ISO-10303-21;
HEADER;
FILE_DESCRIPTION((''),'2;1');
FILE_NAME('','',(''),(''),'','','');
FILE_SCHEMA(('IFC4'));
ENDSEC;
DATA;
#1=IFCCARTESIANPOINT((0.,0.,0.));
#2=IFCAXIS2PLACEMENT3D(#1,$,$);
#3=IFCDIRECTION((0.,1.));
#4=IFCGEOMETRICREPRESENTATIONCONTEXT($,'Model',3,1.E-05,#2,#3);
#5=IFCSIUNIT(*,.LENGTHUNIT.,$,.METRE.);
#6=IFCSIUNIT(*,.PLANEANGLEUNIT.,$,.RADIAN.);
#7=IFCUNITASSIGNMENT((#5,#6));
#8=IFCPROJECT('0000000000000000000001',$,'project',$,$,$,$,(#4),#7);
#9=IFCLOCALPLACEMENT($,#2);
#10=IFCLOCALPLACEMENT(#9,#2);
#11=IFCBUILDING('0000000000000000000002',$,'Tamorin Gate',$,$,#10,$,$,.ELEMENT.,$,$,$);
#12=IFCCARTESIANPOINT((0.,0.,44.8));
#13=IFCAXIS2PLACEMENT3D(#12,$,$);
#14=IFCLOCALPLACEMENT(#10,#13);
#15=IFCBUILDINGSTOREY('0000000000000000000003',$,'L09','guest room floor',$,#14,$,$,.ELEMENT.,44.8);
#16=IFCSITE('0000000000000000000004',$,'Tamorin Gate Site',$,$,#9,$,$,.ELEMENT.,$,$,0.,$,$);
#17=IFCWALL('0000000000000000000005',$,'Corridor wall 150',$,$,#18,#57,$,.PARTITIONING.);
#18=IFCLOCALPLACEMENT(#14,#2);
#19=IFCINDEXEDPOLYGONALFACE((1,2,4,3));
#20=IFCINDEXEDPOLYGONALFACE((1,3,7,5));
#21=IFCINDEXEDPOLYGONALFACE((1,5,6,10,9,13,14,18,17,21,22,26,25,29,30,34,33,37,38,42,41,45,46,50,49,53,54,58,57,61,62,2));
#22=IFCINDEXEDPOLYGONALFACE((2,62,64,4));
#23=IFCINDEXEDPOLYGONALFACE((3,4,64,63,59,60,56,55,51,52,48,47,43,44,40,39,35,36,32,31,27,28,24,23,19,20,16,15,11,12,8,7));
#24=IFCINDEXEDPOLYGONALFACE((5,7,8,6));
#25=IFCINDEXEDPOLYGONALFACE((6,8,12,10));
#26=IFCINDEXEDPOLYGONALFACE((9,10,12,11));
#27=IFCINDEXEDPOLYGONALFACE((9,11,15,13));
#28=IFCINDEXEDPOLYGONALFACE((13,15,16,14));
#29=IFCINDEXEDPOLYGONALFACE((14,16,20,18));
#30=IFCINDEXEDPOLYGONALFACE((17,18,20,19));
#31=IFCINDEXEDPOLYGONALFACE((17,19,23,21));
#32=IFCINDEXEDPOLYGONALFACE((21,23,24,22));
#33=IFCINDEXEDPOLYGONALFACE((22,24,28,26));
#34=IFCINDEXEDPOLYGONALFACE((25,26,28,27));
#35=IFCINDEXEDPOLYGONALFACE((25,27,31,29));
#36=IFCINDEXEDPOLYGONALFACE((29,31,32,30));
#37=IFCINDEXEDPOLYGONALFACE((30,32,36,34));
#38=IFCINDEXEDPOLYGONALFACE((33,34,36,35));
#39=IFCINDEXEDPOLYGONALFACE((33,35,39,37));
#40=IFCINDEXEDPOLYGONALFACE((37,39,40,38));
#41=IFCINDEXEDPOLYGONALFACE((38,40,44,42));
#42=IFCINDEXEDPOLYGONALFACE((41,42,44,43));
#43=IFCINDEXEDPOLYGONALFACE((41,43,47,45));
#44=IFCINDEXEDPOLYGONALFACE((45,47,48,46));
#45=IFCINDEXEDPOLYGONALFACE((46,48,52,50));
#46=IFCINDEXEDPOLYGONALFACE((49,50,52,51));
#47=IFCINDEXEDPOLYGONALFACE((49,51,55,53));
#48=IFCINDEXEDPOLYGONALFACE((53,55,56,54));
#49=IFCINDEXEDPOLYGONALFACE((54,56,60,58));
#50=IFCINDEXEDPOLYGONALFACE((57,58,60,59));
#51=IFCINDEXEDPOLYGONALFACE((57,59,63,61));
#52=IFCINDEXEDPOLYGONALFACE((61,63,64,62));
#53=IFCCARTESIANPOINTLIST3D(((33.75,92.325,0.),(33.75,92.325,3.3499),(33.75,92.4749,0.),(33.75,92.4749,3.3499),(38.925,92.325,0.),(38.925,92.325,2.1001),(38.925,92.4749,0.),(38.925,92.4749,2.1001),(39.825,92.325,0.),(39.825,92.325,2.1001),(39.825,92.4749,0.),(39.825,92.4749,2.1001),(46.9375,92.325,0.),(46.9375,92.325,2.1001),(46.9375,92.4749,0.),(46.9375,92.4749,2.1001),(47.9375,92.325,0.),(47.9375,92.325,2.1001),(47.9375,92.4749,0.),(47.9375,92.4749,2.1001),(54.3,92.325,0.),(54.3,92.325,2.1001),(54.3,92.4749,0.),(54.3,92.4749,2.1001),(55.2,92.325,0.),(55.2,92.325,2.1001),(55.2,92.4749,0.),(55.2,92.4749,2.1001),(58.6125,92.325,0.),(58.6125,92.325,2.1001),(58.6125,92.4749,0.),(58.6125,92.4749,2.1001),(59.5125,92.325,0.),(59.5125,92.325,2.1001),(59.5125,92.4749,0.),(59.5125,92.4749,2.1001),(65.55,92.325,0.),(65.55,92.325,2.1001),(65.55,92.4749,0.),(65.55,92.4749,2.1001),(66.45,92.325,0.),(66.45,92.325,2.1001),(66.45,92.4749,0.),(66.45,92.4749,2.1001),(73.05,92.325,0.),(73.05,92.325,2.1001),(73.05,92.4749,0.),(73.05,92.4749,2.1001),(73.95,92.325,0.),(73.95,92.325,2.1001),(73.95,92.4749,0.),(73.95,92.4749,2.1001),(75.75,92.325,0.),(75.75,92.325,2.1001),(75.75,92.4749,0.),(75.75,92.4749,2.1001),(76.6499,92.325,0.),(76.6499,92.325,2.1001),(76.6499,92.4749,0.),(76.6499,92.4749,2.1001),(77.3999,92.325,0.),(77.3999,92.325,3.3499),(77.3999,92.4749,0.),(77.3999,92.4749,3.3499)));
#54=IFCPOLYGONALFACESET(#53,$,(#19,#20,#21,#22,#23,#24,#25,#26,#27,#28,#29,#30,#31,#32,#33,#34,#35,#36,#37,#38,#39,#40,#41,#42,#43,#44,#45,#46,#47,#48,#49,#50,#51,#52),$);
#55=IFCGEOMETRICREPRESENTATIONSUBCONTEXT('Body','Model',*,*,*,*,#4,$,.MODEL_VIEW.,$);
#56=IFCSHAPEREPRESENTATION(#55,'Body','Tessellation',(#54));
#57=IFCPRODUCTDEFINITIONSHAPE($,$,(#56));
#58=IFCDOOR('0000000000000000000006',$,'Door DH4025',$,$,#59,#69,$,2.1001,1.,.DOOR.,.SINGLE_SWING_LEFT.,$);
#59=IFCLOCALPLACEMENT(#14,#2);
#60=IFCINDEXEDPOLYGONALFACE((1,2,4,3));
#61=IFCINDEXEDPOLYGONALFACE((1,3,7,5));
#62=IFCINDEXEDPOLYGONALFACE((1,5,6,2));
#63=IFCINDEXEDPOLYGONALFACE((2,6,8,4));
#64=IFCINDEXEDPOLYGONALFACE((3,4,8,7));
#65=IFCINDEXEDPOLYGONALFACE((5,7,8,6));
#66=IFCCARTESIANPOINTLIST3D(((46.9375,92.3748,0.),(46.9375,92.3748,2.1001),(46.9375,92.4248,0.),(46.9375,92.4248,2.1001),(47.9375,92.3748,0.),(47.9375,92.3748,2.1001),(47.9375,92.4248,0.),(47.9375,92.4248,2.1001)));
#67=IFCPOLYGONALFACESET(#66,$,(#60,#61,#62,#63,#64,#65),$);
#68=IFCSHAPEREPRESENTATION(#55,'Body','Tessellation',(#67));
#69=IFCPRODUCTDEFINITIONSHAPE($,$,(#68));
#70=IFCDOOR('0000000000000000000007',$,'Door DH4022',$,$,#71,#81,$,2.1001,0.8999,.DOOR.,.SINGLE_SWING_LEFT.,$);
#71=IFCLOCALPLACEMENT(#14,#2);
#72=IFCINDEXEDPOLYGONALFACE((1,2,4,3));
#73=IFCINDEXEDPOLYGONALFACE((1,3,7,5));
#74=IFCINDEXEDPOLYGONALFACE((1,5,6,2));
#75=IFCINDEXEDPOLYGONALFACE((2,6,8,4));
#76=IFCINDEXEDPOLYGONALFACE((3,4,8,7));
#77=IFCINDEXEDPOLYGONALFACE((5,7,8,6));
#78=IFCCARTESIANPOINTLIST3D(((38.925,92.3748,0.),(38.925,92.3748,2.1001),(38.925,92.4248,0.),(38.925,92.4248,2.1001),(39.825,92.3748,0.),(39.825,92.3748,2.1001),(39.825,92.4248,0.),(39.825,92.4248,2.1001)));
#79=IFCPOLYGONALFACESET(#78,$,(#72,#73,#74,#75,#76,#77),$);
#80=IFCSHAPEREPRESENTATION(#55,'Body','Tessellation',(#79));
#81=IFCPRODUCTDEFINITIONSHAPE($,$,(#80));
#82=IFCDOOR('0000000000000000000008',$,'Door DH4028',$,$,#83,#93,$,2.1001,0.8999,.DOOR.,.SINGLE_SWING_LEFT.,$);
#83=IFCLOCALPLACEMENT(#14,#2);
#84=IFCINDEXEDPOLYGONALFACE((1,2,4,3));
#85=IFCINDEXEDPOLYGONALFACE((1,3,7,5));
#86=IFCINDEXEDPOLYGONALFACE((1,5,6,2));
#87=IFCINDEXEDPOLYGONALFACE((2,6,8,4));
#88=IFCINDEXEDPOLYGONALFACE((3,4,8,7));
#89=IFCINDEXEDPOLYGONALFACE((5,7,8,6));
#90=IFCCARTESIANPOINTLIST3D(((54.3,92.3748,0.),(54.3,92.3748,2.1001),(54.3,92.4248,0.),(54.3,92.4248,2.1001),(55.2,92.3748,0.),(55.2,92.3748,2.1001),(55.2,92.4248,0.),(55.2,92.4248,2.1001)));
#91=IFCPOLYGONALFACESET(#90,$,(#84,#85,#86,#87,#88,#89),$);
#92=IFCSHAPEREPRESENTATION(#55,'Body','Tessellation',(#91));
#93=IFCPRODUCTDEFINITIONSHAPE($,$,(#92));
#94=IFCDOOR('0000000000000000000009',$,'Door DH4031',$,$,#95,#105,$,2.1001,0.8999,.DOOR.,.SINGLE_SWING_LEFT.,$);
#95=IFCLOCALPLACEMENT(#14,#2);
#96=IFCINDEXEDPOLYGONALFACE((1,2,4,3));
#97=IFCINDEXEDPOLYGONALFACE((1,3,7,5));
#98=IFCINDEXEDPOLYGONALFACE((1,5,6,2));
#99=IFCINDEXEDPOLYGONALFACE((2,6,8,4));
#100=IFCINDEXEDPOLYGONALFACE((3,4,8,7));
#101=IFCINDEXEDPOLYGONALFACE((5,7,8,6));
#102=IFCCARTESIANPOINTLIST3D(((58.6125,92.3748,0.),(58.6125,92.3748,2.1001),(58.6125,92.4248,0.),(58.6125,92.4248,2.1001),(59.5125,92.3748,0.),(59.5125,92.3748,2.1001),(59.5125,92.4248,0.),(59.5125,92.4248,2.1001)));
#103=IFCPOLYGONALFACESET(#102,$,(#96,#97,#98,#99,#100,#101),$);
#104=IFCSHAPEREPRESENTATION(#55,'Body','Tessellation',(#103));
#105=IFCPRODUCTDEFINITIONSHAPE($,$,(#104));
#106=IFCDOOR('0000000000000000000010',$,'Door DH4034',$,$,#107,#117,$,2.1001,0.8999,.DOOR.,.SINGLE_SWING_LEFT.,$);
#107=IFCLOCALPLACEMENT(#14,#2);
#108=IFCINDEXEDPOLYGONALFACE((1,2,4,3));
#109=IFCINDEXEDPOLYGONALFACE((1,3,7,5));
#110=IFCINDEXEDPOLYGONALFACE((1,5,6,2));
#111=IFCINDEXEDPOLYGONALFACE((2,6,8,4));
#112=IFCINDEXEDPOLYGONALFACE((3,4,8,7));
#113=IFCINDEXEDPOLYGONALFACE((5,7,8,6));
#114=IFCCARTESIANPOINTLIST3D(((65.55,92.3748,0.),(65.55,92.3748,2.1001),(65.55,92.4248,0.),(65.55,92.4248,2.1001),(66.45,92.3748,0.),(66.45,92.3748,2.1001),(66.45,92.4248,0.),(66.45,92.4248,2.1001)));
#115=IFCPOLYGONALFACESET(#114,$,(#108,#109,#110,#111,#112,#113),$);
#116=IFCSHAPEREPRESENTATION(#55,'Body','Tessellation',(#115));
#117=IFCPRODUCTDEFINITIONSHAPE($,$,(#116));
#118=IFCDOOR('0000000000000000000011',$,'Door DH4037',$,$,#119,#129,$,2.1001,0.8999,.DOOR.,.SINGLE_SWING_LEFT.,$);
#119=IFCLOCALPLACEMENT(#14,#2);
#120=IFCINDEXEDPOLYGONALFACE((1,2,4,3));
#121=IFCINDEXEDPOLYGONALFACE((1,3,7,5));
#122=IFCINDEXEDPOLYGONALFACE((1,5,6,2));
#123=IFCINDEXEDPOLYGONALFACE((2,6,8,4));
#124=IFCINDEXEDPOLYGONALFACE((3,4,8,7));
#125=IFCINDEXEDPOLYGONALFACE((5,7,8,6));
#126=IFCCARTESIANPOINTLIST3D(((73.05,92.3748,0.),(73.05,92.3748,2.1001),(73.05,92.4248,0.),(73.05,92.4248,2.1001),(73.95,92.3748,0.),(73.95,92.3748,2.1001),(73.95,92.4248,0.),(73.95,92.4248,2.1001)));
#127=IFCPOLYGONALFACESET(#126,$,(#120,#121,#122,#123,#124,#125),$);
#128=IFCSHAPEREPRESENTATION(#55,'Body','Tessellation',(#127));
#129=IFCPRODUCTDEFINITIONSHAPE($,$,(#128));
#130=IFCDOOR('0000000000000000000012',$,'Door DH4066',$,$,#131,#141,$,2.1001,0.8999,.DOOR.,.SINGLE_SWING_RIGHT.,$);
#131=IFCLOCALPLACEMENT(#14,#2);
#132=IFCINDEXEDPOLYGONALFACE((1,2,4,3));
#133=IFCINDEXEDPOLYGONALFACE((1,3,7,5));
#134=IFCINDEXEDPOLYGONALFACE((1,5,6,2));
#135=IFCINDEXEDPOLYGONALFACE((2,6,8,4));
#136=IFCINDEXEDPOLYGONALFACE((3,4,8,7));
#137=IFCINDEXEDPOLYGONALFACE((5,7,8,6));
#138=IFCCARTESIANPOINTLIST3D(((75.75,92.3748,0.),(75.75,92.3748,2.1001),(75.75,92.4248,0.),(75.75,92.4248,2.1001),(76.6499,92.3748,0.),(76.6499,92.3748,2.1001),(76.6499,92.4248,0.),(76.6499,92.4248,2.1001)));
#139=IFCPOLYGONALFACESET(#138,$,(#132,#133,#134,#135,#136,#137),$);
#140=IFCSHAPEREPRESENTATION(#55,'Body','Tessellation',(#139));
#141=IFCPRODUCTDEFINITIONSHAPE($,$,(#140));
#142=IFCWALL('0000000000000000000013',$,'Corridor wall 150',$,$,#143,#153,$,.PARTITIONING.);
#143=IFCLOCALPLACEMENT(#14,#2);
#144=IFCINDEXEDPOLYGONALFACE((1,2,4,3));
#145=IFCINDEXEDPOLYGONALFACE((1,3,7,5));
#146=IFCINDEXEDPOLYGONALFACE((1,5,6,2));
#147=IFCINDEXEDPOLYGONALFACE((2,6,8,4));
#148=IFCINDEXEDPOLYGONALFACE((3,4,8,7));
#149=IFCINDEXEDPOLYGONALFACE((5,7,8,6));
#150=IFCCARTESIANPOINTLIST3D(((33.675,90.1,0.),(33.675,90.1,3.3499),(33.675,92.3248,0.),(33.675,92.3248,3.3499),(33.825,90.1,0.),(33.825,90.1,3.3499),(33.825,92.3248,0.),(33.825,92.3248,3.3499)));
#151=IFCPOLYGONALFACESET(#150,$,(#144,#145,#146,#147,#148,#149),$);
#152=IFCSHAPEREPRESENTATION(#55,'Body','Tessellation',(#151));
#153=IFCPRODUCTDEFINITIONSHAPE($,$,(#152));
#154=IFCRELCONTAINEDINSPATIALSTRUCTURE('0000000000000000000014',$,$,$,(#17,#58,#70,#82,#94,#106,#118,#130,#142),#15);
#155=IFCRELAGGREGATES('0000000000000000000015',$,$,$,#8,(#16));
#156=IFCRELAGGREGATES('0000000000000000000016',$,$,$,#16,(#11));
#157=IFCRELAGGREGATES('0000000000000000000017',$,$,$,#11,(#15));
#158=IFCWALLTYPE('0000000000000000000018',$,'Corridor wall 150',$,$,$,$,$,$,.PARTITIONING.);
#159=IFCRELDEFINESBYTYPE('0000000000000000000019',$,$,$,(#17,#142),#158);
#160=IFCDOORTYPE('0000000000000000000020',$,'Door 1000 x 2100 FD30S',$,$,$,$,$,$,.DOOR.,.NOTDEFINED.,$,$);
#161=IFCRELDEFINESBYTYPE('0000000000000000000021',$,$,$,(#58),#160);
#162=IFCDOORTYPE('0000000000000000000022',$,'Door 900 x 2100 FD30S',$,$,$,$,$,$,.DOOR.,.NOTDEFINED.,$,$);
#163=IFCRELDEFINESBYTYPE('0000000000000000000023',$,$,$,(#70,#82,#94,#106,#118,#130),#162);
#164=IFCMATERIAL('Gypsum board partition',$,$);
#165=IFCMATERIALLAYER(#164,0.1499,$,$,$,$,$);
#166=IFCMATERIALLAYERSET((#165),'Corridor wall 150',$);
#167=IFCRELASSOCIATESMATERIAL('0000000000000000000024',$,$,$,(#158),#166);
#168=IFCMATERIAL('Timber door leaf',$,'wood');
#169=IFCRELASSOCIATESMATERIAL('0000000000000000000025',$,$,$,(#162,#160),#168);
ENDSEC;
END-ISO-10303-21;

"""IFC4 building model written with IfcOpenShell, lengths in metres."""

from ifc_helpers import new_model, si_unit, direction, frame, frame_2d, origin, place, context, subcontext, project, spatial, rectangle, extrude, material, layer, layer_set, type_object, element, fill, save


model = new_model("IFC4")

# Units and contexts
model_context = context("Model", 3, precision=1e-05, world=origin(), true_north=direction((0.0, 1.0)))
body_context = subcontext(model_context, "Body", "Model", "MODEL_VIEW")
ifc_project = project(units=[si_unit("LENGTHUNIT", "METRE"), si_unit("PLANEANGLEUNIT", "RADIAN")], contexts=[model_context])

# Site, building, storey
site_placement = place(None, origin())
site = spatial("IfcSite", under=ifc_project, at=site_placement, Name="Tamorin Gate Site", CompositionType="ELEMENT", RefElevation=0.0)
building_placement = place(site_placement, origin())
building = spatial("IfcBuilding", under=site, at=building_placement, Name="Tamorin Gate", CompositionType="ELEMENT")
storey_placement = place(building_placement, frame((0.0, 0.0, 44.8)))
storey = spatial("IfcBuildingStorey", under=building, at=storey_placement, Name="L09", Description="guest room floor", CompositionType="ELEMENT", Elevation=44.8)

# Wall, openings, doors
ifc_material_1 = material(Name="Gypsum board partition")
ifc_layer_1 = layer(ifc_material_1, 0.1499)
ifc_layer_set_1 = layer_set([ifc_layer_1], Name="Corridor wall 150")
wall_type_1 = type_object("IfcWallType", Name="Corridor wall 150", PredefinedType="PARTITIONING", material=ifc_layer_set_1)
ifc_material_2 = material(Name="Timber door leaf", Category="wood")
door_type_1 = type_object("IfcDoorType", Name="Door 900 x 2100 FD30S", OperationType="NOTDEFINED", PredefinedType="DOOR", material=ifc_material_2)
wall_1_placement = place(storey_placement, frame((33.75, 92.3999, 0.0), z_axis=(0.0, 0.0, 1.0), x_axis=(1.0, 0.0, 0.0)))
wall_1 = element("IfcWall", 1, at=wall_1_placement, inside=storey, type_object=wall_type_1, Name="Corridor wall 150", PredefinedType="PARTITIONING", context=body_context, shape_type="SweptSolid", body=[
    extrude(rectangle(XDim=43.6499, YDim=0.1499, at=frame_2d((21.825, 0.0))), origin(), (0.0, 0.0, 1.0), 3.3499),
])
opening_1_placement = place(wall_1_placement, frame((5.175, 0.0, 0.0)))
opening_1 = element("IfcOpeningElement", 2, at=opening_1_placement, cuts=wall_1, PredefinedType="OPENING", context=body_context, shape_type="SweptSolid", body=[
    extrude(rectangle(XDim=0.8999, YDim=2.1001, at=frame_2d((0.45, 1.05))), frame((0.0, 0.085, 0.0), z_axis=(0.0, -1.0, 0.0), x_axis=(1.0, 0.0, 0.0)), (0.0, 0.0, 1.0), 0.1699),
])
opening_2_placement = place(wall_1_placement, frame((13.1875, 0.0, 0.0)))
opening_2 = element("IfcOpeningElement", 3, at=opening_2_placement, cuts=wall_1, PredefinedType="OPENING", context=body_context, shape_type="SweptSolid", body=[
    extrude(rectangle(XDim=1.0, YDim=2.1001, at=frame_2d((0.5, 1.05))), frame((0.0, 0.085, 0.0), z_axis=(0.0, -1.0, 0.0), x_axis=(1.0, 0.0, 0.0)), (0.0, 0.0, 1.0), 0.1699),
])
opening_3_placement = place(wall_1_placement, frame((20.55, 0.0, 0.0)))
opening_3 = element("IfcOpeningElement", 4, at=opening_3_placement, cuts=wall_1, PredefinedType="OPENING", context=body_context, shape_type="SweptSolid", body=[
    extrude(rectangle(XDim=0.8999, YDim=2.1001, at=frame_2d((0.45, 1.05))), frame((0.0, 0.085, 0.0), z_axis=(0.0, -1.0, 0.0), x_axis=(1.0, 0.0, 0.0)), (0.0, 0.0, 1.0), 0.1699),
])
opening_4_placement = place(wall_1_placement, frame((24.8625, 0.0, 0.0)))
opening_4 = element("IfcOpeningElement", 5, at=opening_4_placement, cuts=wall_1, PredefinedType="OPENING", context=body_context, shape_type="SweptSolid", body=[
    extrude(rectangle(XDim=0.8999, YDim=2.1001, at=frame_2d((0.45, 1.05))), frame((0.0, 0.085, 0.0), z_axis=(0.0, -1.0, 0.0), x_axis=(1.0, 0.0, 0.0)), (0.0, 0.0, 1.0), 0.1699),
])
opening_5_placement = place(wall_1_placement, frame((31.8, 0.0, 0.0)))
opening_5 = element("IfcOpeningElement", 6, at=opening_5_placement, cuts=wall_1, PredefinedType="OPENING", context=body_context, shape_type="SweptSolid", body=[
    extrude(rectangle(XDim=0.8999, YDim=2.1001, at=frame_2d((0.45, 1.05))), frame((0.0, 0.085, 0.0), z_axis=(0.0, -1.0, 0.0), x_axis=(1.0, 0.0, 0.0)), (0.0, 0.0, 1.0), 0.1699),
])
opening_6_placement = place(wall_1_placement, frame((39.3, 0.0, 0.0)))
opening_6 = element("IfcOpeningElement", 7, at=opening_6_placement, cuts=wall_1, PredefinedType="OPENING", context=body_context, shape_type="SweptSolid", body=[
    extrude(rectangle(XDim=0.8999, YDim=2.1001, at=frame_2d((0.45, 1.05))), frame((0.0, 0.085, 0.0), z_axis=(0.0, -1.0, 0.0), x_axis=(1.0, 0.0, 0.0)), (0.0, 0.0, 1.0), 0.1699),
])
opening_7_placement = place(wall_1_placement, frame((42.0, 0.0, 0.0)))
opening_7 = element("IfcOpeningElement", 8, at=opening_7_placement, cuts=wall_1, PredefinedType="OPENING", context=body_context, shape_type="SweptSolid", body=[
    extrude(rectangle(XDim=0.8999, YDim=2.1001, at=frame_2d((0.45, 1.05))), frame((0.0, 0.085, 0.0), z_axis=(0.0, -1.0, 0.0), x_axis=(1.0, 0.0, 0.0)), (0.0, 0.0, 1.0), 0.1699),
])
door_type_2 = type_object("IfcDoorType", Name="Door 1000 x 2100 FD30S", OperationType="NOTDEFINED", PredefinedType="DOOR", material=ifc_material_2)
door_1_placement = place(opening_2_placement, origin())
door_1 = element("IfcDoor", 9, at=door_1_placement, inside=storey, type_object=door_type_2, Name="Door DH4025", OperationType="SINGLE_SWING_LEFT", OverallHeight=2.1001, OverallWidth=1.0, PredefinedType="DOOR", context=body_context, shape_type="SweptSolid", body=[
    extrude(rectangle(XDim=1.0, YDim=2.1001, at=frame_2d((0.5, 1.05))), frame((0.0, 0.0249, 0.0), z_axis=(0.0, -1.0, 0.0), x_axis=(1.0, 0.0, 0.0)), (0.0, 0.0, 1.0), 0.05),
])
fill(opening_2, door_1)
door_2_placement = place(opening_1_placement, origin())
door_2 = element("IfcDoor", 10, at=door_2_placement, inside=storey, type_object=door_type_1, Name="Door DH4022", OperationType="SINGLE_SWING_LEFT", OverallHeight=2.1001, OverallWidth=0.8999, PredefinedType="DOOR", context=body_context, shape_type="SweptSolid", body=[
    extrude(rectangle(XDim=0.8999, YDim=2.1001, at=frame_2d((0.45, 1.05))), frame((0.0, 0.0249, 0.0), z_axis=(0.0, -1.0, 0.0), x_axis=(1.0, 0.0, 0.0)), (0.0, 0.0, 1.0), 0.05),
])
fill(opening_1, door_2)
door_3_placement = place(opening_3_placement, origin())
door_3 = element("IfcDoor", 11, at=door_3_placement, inside=storey, type_object=door_type_1, Name="Door DH4028", OperationType="SINGLE_SWING_LEFT", OverallHeight=2.1001, OverallWidth=0.8999, PredefinedType="DOOR", context=body_context, shape_type="SweptSolid", body=[
    extrude(rectangle(XDim=0.8999, YDim=2.1001, at=frame_2d((0.45, 1.05))), frame((0.0, 0.0249, 0.0), z_axis=(0.0, -1.0, 0.0), x_axis=(1.0, 0.0, 0.0)), (0.0, 0.0, 1.0), 0.05),
])
fill(opening_3, door_3)
door_4_placement = place(opening_4_placement, origin())
door_4 = element("IfcDoor", 12, at=door_4_placement, inside=storey, type_object=door_type_1, Name="Door DH4031", OperationType="SINGLE_SWING_LEFT", OverallHeight=2.1001, OverallWidth=0.8999, PredefinedType="DOOR", context=body_context, shape_type="SweptSolid", body=[
    extrude(rectangle(XDim=0.8999, YDim=2.1001, at=frame_2d((0.45, 1.05))), frame((0.0, 0.0249, 0.0), z_axis=(0.0, -1.0, 0.0), x_axis=(1.0, 0.0, 0.0)), (0.0, 0.0, 1.0), 0.05),
])
fill(opening_4, door_4)
door_5_placement = place(opening_5_placement, origin())
door_5 = element("IfcDoor", 13, at=door_5_placement, inside=storey, type_object=door_type_1, Name="Door DH4034", OperationType="SINGLE_SWING_LEFT", OverallHeight=2.1001, OverallWidth=0.8999, PredefinedType="DOOR", context=body_context, shape_type="SweptSolid", body=[
    extrude(rectangle(XDim=0.8999, YDim=2.1001, at=frame_2d((0.45, 1.05))), frame((0.0, 0.0249, 0.0), z_axis=(0.0, -1.0, 0.0), x_axis=(1.0, 0.0, 0.0)), (0.0, 0.0, 1.0), 0.05),
])
fill(opening_5, door_5)
door_6_placement = place(opening_6_placement, origin())
door_6 = element("IfcDoor", 14, at=door_6_placement, inside=storey, type_object=door_type_1, Name="Door DH4037", OperationType="SINGLE_SWING_LEFT", OverallHeight=2.1001, OverallWidth=0.8999, PredefinedType="DOOR", context=body_context, shape_type="SweptSolid", body=[
    extrude(rectangle(XDim=0.8999, YDim=2.1001, at=frame_2d((0.45, 1.05))), frame((0.0, 0.0249, 0.0), z_axis=(0.0, -1.0, 0.0), x_axis=(1.0, 0.0, 0.0)), (0.0, 0.0, 1.0), 0.05),
])
fill(opening_6, door_6)
door_7_placement = place(opening_7_placement, origin())
door_7 = element("IfcDoor", 15, at=door_7_placement, inside=storey, type_object=door_type_1, Name="Door DH4066", OperationType="SINGLE_SWING_RIGHT", OverallHeight=2.1001, OverallWidth=0.8999, PredefinedType="DOOR", context=body_context, shape_type="SweptSolid", body=[
    extrude(rectangle(XDim=0.8999, YDim=2.1001, at=frame_2d((0.45, 1.05))), frame((0.0, 0.0249, 0.0), z_axis=(0.0, -1.0, 0.0), x_axis=(1.0, 0.0, 0.0)), (0.0, 0.0, 1.0), 0.05),
])
fill(opening_7, door_7)

# Wall
wall_2_placement = place(storey_placement, frame((33.75, 90.1001, 0.0), z_axis=(0.0, 0.0, 1.0), x_axis=(0.0, 1.0, 0.0)))
element("IfcWall", 16, at=wall_2_placement, inside=storey, type_object=wall_type_1, Name="Corridor wall 150", PredefinedType="PARTITIONING", context=body_context, shape_type="SweptSolid", body=[
    extrude(rectangle(XDim=2.2249, YDim=0.1499, at=frame_2d((1.1123, 0.0))), origin(), (0.0, 0.0, 1.0), 3.3499),
])

save(model, "model.ifc")
